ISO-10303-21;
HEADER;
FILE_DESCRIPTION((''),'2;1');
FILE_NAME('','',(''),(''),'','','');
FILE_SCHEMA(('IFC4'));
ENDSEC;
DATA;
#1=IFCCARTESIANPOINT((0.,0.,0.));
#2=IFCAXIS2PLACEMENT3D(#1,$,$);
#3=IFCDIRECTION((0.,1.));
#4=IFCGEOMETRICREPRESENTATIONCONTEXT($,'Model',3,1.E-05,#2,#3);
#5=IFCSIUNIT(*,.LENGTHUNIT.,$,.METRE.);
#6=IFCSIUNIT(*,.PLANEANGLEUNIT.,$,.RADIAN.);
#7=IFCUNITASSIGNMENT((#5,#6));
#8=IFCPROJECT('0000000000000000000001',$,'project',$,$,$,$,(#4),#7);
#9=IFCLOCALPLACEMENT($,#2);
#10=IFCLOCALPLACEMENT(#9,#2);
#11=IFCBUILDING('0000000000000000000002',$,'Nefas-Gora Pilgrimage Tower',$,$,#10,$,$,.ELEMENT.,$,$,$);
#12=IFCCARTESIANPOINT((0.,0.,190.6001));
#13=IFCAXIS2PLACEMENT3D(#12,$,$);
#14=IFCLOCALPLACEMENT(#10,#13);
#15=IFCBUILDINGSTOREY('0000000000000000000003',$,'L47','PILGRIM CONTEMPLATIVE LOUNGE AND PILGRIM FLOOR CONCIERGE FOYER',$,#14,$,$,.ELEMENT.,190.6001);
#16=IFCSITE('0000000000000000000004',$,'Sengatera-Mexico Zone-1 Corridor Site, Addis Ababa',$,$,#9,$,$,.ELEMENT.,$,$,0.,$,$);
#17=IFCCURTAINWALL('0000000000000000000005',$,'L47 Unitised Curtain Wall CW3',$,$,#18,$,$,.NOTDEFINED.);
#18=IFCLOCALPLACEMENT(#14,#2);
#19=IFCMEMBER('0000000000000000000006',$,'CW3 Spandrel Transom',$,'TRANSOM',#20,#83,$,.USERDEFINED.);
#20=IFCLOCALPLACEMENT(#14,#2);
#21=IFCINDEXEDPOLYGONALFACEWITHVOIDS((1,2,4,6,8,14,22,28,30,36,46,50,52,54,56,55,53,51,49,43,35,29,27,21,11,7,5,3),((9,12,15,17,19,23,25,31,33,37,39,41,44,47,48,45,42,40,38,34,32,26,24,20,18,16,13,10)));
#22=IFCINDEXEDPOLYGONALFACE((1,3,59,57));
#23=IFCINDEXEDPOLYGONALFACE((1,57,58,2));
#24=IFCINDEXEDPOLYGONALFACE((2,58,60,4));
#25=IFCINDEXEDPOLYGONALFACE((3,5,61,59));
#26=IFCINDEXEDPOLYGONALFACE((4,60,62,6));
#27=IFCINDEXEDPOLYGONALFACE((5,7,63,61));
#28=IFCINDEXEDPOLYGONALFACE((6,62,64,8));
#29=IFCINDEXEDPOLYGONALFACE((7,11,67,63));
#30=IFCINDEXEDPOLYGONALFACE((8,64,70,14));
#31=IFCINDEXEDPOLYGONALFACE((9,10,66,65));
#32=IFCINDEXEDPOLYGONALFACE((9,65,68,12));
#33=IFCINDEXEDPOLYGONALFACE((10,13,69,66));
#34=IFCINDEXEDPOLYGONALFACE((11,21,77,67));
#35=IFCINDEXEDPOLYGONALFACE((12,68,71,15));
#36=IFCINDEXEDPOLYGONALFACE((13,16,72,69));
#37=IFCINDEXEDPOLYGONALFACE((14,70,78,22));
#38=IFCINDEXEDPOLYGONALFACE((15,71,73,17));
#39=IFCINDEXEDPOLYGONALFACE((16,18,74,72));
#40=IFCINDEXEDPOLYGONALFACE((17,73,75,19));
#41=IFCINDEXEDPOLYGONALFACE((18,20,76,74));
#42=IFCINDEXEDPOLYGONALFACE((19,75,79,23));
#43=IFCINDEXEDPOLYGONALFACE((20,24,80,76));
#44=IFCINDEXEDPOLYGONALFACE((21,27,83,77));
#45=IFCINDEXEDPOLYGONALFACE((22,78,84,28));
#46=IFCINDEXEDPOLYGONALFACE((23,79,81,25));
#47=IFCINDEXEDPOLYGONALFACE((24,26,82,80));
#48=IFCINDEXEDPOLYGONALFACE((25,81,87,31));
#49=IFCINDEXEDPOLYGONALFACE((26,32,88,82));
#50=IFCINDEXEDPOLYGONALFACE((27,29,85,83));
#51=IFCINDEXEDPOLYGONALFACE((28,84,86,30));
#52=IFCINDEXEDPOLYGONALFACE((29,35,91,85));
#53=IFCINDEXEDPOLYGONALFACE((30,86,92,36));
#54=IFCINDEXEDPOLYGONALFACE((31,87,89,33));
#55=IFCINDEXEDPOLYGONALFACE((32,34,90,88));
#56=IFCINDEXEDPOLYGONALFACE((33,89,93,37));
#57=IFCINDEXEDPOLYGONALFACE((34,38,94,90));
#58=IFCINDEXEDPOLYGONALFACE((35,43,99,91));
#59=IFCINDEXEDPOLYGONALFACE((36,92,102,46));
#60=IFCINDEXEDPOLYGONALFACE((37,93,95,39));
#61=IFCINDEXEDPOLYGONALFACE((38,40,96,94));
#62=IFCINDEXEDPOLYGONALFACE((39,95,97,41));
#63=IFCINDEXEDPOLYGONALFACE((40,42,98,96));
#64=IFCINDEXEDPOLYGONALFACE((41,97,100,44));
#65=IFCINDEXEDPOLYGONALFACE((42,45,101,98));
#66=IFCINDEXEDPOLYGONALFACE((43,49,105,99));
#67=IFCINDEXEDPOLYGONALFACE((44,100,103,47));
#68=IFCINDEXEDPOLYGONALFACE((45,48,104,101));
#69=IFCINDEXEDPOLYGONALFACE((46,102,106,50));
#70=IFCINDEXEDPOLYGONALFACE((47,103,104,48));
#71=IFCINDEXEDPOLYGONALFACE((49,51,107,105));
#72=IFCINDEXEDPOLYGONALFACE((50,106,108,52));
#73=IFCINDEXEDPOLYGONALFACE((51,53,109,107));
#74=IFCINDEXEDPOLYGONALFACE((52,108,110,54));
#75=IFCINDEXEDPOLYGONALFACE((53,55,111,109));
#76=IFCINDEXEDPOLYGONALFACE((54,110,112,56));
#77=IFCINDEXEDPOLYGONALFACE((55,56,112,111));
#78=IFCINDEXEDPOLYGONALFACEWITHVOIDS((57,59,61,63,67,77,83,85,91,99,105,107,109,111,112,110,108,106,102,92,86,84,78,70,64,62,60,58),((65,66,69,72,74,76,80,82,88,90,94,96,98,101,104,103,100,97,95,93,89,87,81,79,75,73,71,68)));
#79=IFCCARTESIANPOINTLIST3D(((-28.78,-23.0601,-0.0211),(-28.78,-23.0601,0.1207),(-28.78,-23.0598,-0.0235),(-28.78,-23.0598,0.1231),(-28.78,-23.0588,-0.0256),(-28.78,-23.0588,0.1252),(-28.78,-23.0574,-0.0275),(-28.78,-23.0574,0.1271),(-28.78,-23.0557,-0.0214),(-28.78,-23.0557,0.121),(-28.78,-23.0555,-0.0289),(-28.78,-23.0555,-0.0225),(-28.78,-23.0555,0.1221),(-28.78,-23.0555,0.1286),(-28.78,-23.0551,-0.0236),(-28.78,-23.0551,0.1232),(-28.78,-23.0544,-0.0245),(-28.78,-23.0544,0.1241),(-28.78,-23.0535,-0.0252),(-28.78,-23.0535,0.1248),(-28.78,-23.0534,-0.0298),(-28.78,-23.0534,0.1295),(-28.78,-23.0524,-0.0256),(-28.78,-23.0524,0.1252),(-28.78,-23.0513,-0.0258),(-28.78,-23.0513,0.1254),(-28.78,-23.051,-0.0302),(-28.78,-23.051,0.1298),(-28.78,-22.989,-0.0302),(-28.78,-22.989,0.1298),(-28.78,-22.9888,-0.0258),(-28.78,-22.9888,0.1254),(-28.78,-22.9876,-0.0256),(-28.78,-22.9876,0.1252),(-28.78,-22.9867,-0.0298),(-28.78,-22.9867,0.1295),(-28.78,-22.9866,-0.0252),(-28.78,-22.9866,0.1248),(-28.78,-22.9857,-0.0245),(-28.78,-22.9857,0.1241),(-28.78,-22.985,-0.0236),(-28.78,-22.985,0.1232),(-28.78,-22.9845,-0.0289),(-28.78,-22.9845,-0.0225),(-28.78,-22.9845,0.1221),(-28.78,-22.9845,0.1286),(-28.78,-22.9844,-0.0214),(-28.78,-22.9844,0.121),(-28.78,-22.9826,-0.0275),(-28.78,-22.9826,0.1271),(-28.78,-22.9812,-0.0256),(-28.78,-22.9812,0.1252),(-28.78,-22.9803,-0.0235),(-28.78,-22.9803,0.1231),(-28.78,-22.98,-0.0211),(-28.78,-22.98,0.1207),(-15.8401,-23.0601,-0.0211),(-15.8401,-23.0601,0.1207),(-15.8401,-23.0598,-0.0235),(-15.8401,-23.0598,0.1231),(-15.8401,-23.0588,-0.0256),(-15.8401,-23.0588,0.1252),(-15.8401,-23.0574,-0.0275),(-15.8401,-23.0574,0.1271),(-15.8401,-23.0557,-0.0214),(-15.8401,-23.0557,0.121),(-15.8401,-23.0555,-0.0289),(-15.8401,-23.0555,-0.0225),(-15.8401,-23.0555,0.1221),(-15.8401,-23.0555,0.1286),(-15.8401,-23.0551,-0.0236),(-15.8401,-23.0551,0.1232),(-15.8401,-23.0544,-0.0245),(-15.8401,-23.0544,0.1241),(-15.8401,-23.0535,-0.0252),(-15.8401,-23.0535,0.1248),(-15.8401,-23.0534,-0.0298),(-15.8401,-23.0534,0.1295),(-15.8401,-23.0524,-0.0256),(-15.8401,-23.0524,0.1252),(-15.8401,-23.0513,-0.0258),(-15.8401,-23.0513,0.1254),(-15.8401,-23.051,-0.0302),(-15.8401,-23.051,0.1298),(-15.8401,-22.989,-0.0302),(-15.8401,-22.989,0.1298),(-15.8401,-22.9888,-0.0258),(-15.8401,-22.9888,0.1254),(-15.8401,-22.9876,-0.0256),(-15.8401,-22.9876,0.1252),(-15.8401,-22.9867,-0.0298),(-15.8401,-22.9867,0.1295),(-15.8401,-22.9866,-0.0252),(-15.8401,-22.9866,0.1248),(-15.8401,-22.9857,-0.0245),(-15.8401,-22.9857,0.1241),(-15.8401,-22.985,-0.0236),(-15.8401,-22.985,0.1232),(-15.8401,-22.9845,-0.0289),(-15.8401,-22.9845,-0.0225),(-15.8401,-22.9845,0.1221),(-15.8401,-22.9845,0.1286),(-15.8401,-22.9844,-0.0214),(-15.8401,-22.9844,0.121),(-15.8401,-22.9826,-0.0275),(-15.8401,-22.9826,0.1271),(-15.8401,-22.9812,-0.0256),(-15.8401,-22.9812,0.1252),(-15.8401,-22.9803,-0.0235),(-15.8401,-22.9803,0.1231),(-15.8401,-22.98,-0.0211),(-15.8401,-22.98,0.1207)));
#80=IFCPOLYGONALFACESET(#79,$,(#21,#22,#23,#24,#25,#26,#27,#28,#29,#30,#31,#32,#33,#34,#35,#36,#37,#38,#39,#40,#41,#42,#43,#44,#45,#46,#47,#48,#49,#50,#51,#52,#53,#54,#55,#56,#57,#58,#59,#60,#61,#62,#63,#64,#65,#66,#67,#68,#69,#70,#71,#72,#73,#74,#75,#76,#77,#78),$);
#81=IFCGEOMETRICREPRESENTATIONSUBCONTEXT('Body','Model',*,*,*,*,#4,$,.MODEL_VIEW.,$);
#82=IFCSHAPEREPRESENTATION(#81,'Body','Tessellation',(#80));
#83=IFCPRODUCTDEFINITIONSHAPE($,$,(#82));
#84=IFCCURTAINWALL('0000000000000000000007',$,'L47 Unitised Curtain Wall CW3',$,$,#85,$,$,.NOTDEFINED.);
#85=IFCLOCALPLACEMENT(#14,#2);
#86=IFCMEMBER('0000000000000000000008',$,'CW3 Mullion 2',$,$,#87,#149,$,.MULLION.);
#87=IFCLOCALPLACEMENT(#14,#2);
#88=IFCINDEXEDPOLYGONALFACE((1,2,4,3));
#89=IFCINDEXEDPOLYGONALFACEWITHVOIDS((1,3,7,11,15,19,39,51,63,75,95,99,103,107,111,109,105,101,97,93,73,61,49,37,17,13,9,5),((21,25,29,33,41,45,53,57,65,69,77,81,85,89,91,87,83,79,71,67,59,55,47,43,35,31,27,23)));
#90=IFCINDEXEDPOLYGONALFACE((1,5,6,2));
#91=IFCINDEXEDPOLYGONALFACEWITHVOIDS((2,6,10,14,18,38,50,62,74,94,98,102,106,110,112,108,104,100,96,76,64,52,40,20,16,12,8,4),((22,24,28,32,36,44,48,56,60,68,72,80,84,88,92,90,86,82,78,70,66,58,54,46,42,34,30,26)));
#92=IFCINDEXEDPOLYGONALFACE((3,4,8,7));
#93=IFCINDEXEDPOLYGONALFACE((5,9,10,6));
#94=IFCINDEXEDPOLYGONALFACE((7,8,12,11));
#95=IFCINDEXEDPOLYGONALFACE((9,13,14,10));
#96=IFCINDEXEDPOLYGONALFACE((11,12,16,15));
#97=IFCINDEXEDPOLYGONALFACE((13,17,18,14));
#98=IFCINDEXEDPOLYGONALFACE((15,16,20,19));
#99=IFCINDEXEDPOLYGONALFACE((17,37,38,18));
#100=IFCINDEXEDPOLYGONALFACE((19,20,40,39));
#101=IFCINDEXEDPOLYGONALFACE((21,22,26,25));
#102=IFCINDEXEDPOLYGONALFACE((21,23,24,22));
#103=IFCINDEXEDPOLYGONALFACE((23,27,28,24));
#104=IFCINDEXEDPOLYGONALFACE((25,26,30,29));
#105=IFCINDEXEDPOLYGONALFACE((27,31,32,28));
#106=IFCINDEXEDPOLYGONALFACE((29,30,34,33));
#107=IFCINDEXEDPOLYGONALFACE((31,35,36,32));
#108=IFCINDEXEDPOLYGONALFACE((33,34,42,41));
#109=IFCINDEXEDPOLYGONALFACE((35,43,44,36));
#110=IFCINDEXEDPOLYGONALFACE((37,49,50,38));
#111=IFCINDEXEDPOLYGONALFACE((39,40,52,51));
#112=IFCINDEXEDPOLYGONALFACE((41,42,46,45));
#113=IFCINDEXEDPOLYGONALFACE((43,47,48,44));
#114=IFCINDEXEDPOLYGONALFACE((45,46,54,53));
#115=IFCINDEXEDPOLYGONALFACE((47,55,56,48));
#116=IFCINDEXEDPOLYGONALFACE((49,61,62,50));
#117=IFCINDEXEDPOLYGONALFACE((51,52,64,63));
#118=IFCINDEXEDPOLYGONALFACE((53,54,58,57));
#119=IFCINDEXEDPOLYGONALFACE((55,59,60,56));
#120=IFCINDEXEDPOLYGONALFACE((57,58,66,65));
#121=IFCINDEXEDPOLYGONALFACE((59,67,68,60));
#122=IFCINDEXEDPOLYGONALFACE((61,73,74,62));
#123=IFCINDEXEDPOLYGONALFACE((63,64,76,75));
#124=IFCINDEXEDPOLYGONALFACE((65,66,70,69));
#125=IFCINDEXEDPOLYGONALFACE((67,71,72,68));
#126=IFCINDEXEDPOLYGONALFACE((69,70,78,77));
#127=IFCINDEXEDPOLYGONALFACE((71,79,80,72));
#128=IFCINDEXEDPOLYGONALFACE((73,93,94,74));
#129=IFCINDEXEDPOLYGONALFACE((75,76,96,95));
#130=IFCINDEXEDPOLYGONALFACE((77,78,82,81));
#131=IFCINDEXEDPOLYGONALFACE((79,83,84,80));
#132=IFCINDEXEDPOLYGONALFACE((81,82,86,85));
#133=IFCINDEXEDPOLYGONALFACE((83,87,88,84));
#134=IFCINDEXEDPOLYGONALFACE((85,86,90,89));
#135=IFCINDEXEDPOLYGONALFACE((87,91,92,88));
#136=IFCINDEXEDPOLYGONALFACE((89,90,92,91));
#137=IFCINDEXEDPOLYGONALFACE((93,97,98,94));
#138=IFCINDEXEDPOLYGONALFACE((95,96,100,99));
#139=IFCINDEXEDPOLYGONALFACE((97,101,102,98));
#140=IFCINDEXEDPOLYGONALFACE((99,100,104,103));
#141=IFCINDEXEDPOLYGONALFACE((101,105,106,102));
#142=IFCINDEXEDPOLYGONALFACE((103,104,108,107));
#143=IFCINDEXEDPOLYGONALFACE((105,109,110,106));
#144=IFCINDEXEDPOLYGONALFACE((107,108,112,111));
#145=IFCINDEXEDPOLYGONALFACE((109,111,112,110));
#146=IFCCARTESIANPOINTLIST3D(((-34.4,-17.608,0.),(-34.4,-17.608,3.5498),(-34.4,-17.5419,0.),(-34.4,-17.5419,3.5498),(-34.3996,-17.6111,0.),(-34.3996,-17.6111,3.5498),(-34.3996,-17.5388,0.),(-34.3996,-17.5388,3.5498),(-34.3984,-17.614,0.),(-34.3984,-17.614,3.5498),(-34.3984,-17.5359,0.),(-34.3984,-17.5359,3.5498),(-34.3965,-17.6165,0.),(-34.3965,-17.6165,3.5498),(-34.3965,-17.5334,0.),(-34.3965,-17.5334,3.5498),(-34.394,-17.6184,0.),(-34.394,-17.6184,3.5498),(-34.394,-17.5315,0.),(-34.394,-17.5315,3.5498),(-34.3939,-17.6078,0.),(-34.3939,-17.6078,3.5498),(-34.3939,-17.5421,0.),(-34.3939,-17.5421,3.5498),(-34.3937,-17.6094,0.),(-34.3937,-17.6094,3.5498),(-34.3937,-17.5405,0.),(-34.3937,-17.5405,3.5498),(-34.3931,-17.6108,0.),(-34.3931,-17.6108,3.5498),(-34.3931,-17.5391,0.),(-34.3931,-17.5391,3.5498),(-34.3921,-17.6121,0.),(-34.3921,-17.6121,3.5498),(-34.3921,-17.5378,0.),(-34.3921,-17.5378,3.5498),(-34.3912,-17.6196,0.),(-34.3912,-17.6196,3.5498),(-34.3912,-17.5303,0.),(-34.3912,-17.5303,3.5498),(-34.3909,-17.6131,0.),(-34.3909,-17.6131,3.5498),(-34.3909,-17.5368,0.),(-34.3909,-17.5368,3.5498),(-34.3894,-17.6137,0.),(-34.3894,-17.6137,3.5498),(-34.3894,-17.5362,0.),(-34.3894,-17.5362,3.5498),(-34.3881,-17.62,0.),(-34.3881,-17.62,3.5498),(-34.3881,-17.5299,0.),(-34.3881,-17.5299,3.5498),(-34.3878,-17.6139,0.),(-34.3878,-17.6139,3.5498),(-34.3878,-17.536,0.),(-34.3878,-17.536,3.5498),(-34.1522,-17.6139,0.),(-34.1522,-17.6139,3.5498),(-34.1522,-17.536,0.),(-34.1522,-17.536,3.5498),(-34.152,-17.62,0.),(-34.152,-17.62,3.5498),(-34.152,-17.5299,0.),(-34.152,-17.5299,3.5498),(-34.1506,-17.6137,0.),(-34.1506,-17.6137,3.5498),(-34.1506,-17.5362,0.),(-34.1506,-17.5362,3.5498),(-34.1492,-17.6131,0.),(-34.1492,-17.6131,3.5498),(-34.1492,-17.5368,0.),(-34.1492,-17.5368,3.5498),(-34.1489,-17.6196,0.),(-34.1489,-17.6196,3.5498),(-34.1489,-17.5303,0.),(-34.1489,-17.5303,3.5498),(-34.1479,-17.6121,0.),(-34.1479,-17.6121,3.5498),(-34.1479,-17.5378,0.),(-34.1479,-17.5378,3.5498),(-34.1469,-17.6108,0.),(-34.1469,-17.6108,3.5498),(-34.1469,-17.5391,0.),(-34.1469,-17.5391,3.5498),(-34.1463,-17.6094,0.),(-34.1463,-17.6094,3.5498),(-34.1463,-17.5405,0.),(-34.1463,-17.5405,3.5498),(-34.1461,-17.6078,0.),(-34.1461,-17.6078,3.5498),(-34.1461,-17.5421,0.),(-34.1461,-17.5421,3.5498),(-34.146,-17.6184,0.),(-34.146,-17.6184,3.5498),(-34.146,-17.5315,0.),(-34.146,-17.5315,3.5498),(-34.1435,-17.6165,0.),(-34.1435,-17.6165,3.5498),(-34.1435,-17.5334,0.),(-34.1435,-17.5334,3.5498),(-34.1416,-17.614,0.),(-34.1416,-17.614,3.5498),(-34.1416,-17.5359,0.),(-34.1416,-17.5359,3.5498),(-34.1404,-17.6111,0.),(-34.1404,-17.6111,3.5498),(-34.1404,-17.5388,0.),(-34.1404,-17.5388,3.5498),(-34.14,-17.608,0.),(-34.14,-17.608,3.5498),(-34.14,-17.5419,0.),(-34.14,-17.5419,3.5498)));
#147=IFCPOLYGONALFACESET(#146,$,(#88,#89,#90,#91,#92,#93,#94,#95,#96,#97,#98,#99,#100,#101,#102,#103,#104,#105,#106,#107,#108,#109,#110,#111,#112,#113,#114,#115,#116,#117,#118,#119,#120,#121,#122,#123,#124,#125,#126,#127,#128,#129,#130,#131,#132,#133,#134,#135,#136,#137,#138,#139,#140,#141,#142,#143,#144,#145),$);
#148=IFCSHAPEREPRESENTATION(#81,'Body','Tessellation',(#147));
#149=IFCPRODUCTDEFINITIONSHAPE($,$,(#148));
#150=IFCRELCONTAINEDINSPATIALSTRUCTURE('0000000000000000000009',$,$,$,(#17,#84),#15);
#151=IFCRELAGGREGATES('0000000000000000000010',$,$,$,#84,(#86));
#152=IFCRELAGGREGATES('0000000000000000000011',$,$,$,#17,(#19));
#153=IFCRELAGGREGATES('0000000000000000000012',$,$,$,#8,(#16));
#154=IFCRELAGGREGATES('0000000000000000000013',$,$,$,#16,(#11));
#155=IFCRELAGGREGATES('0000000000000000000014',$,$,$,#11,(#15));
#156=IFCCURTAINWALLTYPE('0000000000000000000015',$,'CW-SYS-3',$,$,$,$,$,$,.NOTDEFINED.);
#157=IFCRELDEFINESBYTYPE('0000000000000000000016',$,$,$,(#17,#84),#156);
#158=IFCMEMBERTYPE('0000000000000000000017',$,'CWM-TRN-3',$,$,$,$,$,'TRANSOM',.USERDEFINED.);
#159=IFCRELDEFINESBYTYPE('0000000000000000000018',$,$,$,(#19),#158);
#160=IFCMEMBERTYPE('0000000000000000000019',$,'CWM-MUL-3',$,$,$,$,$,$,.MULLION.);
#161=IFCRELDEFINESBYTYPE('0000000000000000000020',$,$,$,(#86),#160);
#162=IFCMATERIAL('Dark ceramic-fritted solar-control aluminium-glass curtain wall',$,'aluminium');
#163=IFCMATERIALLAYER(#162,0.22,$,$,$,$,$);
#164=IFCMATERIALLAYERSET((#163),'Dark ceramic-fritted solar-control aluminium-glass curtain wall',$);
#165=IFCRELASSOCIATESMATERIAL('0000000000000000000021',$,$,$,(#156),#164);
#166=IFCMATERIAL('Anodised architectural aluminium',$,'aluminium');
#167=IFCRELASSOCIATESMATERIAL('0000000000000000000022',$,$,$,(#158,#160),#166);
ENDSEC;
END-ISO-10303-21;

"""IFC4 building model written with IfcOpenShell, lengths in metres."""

from ifc_helpers import new_model, si_unit, direction, frame, origin, origin_2d, place, context, subcontext, project, spatial, hollow_rectangle, extrude, source, transform, mapped, material, layer, layer_set, material_profile, profile_set, type_object, element, aggregate, save


model = new_model("IFC4")

# Units and contexts
model_context = context("Model", 3, precision=1e-05, world=origin(), true_north=direction((0.0, 1.0)))
body_context = subcontext(model_context, "Body", "Model", "MODEL_VIEW")
ifc_project = project(units=[si_unit("LENGTHUNIT", "METRE"), si_unit("PLANEANGLEUNIT", "RADIAN")], contexts=[model_context])

# Site, building, storey
site_placement = place(None, origin())
site = spatial("IfcSite", under=ifc_project, at=site_placement, Name="Sengatera-Mexico Zone-1 Corridor Site, Addis Ababa", CompositionType="ELEMENT", RefElevation=0.0)
building_placement = place(site_placement, origin())
building = spatial("IfcBuilding", under=site, at=building_placement, Name="Nefas-Gora Pilgrimage Tower", CompositionType="ELEMENT")
storey_placement = place(building_placement, frame((0.0, 0.0, 190.6001)))
storey = spatial("IfcBuildingStorey", under=building, at=storey_placement, Name="L47", Description="PILGRIM CONTEMPLATIVE LOUNGE AND PILGRIM FLOOR CONCIERGE FOYER", CompositionType="ELEMENT", Elevation=190.6001)

# Shared definitions
ifc_material_1 = material(Name="Dark ceramic-fritted solar-control aluminium-glass curtain wall", Category="aluminium")
ifc_material_2 = material(Name="Anodised architectural aluminium", Category="aluminium")

# Curtain walls, members
ifc_layer_1 = layer(ifc_material_1, 0.22)
ifc_layer_set_1 = layer_set([ifc_layer_1], Name="Dark ceramic-fritted solar-control aluminium-glass curtain wall")
curtain_wall_type_1 = type_object("IfcCurtainWallType", Name="CW-SYS-3", PredefinedType="NOTDEFINED", material=ifc_layer_set_1)
curtain_wall_1_placement = place(storey_placement, origin())
curtain_wall_1 = element("IfcCurtainWall", 1, at=curtain_wall_1_placement, inside=storey, type_object=curtain_wall_type_1, Name="L47 Unitised Curtain Wall CW3", PredefinedType="NOTDEFINED")
ifc_material_profile_1 = material_profile(ifc_material_2, hollow_rectangle(XDim=0.0801, YDim=0.1599, WallThickness=0.0044, InnerFilletRadius=0.0044, OuterFilletRadius=0.009, at=origin_2d()), Name="ALU TRANSOM 80x160")
ifc_profile_set_1 = profile_set([ifc_material_profile_1], Name="Anodised architectural aluminium")
member_type_1 = type_object("IfcMemberType", Name="CWM-TRN-3", ElementType="TRANSOM", PredefinedType="USERDEFINED", material=ifc_profile_set_1)
shared_shape_1 = source(origin(), body_context, "Body", "SweptSolid", [
    extrude(hollow_rectangle(XDim=0.0801, YDim=0.1599, WallThickness=0.0044, InnerFilletRadius=0.0044, OuterFilletRadius=0.009, at=origin_2d()), origin(), (0.0, 0.0, 1.0), 12.9399),
])
member_1_placement = place(storey_placement, frame((-28.78, -23.02, 0.0498), z_axis=(1.0, 0.0, 0.0), x_axis=(0.0, 1.0, 0.0)))
member_1 = element("IfcMember", 2, at=member_1_placement, type_object=member_type_1, Name="CW3 Spandrel Transom", ObjectType="TRANSOM", PredefinedType="USERDEFINED", context=body_context, shape_type="MappedRepresentation", body=[
    mapped(shared_shape_1, transform((0.0, 0.0, 0.0), x_axis=(1.0, 0.0, 0.0), y_axis=(0.0, 1.0, 0.0), z_axis=(0.0, 0.0, 1.0), scale=1.0)),
])
curtain_wall_2_placement = place(storey_placement, origin())
curtain_wall_2 = element("IfcCurtainWall", 3, at=curtain_wall_2_placement, inside=storey, type_object=curtain_wall_type_1, Name="L47 Unitised Curtain Wall CW3", PredefinedType="NOTDEFINED")
ifc_material_profile_2 = material_profile(ifc_material_2, hollow_rectangle(XDim=0.0901, YDim=0.26, WallThickness=0.0061, InnerFilletRadius=0.0061, OuterFilletRadius=0.012, at=origin_2d()), Name="ALU MULLION 90x260")
ifc_profile_set_2 = profile_set([ifc_material_profile_2], Name="Anodised architectural aluminium")
member_type_2 = type_object("IfcMemberType", Name="CWM-MUL-3", PredefinedType="MULLION", material=ifc_profile_set_2)
shared_shape_2 = source(origin(), body_context, "Body", "SweptSolid", [
    extrude(hollow_rectangle(XDim=0.0901, YDim=0.26, WallThickness=0.0061, InnerFilletRadius=0.0061, OuterFilletRadius=0.012, at=origin_2d()), origin(), (0.0, 0.0, 1.0), 3.5498),
])
member_2_placement = place(storey_placement, frame((-34.27, -17.575, 0.0), z_axis=(0.0, 0.0, 1.0), x_axis=(0.0, -1.0, 0.0)))
member_2 = element("IfcMember", 4, at=member_2_placement, type_object=member_type_2, Name="CW3 Mullion 2", PredefinedType="MULLION", context=body_context, shape_type="MappedRepresentation", body=[
    mapped(shared_shape_2, transform((0.0, 0.0, 0.0), x_axis=(1.0, 0.0, 0.0), y_axis=(0.0, 1.0, 0.0), z_axis=(0.0, 0.0, 1.0), scale=1.0)),
])
aggregate(curtain_wall_2, [member_2])

aggregate(curtain_wall_1, [member_1])

save(model, "model.ifc")
